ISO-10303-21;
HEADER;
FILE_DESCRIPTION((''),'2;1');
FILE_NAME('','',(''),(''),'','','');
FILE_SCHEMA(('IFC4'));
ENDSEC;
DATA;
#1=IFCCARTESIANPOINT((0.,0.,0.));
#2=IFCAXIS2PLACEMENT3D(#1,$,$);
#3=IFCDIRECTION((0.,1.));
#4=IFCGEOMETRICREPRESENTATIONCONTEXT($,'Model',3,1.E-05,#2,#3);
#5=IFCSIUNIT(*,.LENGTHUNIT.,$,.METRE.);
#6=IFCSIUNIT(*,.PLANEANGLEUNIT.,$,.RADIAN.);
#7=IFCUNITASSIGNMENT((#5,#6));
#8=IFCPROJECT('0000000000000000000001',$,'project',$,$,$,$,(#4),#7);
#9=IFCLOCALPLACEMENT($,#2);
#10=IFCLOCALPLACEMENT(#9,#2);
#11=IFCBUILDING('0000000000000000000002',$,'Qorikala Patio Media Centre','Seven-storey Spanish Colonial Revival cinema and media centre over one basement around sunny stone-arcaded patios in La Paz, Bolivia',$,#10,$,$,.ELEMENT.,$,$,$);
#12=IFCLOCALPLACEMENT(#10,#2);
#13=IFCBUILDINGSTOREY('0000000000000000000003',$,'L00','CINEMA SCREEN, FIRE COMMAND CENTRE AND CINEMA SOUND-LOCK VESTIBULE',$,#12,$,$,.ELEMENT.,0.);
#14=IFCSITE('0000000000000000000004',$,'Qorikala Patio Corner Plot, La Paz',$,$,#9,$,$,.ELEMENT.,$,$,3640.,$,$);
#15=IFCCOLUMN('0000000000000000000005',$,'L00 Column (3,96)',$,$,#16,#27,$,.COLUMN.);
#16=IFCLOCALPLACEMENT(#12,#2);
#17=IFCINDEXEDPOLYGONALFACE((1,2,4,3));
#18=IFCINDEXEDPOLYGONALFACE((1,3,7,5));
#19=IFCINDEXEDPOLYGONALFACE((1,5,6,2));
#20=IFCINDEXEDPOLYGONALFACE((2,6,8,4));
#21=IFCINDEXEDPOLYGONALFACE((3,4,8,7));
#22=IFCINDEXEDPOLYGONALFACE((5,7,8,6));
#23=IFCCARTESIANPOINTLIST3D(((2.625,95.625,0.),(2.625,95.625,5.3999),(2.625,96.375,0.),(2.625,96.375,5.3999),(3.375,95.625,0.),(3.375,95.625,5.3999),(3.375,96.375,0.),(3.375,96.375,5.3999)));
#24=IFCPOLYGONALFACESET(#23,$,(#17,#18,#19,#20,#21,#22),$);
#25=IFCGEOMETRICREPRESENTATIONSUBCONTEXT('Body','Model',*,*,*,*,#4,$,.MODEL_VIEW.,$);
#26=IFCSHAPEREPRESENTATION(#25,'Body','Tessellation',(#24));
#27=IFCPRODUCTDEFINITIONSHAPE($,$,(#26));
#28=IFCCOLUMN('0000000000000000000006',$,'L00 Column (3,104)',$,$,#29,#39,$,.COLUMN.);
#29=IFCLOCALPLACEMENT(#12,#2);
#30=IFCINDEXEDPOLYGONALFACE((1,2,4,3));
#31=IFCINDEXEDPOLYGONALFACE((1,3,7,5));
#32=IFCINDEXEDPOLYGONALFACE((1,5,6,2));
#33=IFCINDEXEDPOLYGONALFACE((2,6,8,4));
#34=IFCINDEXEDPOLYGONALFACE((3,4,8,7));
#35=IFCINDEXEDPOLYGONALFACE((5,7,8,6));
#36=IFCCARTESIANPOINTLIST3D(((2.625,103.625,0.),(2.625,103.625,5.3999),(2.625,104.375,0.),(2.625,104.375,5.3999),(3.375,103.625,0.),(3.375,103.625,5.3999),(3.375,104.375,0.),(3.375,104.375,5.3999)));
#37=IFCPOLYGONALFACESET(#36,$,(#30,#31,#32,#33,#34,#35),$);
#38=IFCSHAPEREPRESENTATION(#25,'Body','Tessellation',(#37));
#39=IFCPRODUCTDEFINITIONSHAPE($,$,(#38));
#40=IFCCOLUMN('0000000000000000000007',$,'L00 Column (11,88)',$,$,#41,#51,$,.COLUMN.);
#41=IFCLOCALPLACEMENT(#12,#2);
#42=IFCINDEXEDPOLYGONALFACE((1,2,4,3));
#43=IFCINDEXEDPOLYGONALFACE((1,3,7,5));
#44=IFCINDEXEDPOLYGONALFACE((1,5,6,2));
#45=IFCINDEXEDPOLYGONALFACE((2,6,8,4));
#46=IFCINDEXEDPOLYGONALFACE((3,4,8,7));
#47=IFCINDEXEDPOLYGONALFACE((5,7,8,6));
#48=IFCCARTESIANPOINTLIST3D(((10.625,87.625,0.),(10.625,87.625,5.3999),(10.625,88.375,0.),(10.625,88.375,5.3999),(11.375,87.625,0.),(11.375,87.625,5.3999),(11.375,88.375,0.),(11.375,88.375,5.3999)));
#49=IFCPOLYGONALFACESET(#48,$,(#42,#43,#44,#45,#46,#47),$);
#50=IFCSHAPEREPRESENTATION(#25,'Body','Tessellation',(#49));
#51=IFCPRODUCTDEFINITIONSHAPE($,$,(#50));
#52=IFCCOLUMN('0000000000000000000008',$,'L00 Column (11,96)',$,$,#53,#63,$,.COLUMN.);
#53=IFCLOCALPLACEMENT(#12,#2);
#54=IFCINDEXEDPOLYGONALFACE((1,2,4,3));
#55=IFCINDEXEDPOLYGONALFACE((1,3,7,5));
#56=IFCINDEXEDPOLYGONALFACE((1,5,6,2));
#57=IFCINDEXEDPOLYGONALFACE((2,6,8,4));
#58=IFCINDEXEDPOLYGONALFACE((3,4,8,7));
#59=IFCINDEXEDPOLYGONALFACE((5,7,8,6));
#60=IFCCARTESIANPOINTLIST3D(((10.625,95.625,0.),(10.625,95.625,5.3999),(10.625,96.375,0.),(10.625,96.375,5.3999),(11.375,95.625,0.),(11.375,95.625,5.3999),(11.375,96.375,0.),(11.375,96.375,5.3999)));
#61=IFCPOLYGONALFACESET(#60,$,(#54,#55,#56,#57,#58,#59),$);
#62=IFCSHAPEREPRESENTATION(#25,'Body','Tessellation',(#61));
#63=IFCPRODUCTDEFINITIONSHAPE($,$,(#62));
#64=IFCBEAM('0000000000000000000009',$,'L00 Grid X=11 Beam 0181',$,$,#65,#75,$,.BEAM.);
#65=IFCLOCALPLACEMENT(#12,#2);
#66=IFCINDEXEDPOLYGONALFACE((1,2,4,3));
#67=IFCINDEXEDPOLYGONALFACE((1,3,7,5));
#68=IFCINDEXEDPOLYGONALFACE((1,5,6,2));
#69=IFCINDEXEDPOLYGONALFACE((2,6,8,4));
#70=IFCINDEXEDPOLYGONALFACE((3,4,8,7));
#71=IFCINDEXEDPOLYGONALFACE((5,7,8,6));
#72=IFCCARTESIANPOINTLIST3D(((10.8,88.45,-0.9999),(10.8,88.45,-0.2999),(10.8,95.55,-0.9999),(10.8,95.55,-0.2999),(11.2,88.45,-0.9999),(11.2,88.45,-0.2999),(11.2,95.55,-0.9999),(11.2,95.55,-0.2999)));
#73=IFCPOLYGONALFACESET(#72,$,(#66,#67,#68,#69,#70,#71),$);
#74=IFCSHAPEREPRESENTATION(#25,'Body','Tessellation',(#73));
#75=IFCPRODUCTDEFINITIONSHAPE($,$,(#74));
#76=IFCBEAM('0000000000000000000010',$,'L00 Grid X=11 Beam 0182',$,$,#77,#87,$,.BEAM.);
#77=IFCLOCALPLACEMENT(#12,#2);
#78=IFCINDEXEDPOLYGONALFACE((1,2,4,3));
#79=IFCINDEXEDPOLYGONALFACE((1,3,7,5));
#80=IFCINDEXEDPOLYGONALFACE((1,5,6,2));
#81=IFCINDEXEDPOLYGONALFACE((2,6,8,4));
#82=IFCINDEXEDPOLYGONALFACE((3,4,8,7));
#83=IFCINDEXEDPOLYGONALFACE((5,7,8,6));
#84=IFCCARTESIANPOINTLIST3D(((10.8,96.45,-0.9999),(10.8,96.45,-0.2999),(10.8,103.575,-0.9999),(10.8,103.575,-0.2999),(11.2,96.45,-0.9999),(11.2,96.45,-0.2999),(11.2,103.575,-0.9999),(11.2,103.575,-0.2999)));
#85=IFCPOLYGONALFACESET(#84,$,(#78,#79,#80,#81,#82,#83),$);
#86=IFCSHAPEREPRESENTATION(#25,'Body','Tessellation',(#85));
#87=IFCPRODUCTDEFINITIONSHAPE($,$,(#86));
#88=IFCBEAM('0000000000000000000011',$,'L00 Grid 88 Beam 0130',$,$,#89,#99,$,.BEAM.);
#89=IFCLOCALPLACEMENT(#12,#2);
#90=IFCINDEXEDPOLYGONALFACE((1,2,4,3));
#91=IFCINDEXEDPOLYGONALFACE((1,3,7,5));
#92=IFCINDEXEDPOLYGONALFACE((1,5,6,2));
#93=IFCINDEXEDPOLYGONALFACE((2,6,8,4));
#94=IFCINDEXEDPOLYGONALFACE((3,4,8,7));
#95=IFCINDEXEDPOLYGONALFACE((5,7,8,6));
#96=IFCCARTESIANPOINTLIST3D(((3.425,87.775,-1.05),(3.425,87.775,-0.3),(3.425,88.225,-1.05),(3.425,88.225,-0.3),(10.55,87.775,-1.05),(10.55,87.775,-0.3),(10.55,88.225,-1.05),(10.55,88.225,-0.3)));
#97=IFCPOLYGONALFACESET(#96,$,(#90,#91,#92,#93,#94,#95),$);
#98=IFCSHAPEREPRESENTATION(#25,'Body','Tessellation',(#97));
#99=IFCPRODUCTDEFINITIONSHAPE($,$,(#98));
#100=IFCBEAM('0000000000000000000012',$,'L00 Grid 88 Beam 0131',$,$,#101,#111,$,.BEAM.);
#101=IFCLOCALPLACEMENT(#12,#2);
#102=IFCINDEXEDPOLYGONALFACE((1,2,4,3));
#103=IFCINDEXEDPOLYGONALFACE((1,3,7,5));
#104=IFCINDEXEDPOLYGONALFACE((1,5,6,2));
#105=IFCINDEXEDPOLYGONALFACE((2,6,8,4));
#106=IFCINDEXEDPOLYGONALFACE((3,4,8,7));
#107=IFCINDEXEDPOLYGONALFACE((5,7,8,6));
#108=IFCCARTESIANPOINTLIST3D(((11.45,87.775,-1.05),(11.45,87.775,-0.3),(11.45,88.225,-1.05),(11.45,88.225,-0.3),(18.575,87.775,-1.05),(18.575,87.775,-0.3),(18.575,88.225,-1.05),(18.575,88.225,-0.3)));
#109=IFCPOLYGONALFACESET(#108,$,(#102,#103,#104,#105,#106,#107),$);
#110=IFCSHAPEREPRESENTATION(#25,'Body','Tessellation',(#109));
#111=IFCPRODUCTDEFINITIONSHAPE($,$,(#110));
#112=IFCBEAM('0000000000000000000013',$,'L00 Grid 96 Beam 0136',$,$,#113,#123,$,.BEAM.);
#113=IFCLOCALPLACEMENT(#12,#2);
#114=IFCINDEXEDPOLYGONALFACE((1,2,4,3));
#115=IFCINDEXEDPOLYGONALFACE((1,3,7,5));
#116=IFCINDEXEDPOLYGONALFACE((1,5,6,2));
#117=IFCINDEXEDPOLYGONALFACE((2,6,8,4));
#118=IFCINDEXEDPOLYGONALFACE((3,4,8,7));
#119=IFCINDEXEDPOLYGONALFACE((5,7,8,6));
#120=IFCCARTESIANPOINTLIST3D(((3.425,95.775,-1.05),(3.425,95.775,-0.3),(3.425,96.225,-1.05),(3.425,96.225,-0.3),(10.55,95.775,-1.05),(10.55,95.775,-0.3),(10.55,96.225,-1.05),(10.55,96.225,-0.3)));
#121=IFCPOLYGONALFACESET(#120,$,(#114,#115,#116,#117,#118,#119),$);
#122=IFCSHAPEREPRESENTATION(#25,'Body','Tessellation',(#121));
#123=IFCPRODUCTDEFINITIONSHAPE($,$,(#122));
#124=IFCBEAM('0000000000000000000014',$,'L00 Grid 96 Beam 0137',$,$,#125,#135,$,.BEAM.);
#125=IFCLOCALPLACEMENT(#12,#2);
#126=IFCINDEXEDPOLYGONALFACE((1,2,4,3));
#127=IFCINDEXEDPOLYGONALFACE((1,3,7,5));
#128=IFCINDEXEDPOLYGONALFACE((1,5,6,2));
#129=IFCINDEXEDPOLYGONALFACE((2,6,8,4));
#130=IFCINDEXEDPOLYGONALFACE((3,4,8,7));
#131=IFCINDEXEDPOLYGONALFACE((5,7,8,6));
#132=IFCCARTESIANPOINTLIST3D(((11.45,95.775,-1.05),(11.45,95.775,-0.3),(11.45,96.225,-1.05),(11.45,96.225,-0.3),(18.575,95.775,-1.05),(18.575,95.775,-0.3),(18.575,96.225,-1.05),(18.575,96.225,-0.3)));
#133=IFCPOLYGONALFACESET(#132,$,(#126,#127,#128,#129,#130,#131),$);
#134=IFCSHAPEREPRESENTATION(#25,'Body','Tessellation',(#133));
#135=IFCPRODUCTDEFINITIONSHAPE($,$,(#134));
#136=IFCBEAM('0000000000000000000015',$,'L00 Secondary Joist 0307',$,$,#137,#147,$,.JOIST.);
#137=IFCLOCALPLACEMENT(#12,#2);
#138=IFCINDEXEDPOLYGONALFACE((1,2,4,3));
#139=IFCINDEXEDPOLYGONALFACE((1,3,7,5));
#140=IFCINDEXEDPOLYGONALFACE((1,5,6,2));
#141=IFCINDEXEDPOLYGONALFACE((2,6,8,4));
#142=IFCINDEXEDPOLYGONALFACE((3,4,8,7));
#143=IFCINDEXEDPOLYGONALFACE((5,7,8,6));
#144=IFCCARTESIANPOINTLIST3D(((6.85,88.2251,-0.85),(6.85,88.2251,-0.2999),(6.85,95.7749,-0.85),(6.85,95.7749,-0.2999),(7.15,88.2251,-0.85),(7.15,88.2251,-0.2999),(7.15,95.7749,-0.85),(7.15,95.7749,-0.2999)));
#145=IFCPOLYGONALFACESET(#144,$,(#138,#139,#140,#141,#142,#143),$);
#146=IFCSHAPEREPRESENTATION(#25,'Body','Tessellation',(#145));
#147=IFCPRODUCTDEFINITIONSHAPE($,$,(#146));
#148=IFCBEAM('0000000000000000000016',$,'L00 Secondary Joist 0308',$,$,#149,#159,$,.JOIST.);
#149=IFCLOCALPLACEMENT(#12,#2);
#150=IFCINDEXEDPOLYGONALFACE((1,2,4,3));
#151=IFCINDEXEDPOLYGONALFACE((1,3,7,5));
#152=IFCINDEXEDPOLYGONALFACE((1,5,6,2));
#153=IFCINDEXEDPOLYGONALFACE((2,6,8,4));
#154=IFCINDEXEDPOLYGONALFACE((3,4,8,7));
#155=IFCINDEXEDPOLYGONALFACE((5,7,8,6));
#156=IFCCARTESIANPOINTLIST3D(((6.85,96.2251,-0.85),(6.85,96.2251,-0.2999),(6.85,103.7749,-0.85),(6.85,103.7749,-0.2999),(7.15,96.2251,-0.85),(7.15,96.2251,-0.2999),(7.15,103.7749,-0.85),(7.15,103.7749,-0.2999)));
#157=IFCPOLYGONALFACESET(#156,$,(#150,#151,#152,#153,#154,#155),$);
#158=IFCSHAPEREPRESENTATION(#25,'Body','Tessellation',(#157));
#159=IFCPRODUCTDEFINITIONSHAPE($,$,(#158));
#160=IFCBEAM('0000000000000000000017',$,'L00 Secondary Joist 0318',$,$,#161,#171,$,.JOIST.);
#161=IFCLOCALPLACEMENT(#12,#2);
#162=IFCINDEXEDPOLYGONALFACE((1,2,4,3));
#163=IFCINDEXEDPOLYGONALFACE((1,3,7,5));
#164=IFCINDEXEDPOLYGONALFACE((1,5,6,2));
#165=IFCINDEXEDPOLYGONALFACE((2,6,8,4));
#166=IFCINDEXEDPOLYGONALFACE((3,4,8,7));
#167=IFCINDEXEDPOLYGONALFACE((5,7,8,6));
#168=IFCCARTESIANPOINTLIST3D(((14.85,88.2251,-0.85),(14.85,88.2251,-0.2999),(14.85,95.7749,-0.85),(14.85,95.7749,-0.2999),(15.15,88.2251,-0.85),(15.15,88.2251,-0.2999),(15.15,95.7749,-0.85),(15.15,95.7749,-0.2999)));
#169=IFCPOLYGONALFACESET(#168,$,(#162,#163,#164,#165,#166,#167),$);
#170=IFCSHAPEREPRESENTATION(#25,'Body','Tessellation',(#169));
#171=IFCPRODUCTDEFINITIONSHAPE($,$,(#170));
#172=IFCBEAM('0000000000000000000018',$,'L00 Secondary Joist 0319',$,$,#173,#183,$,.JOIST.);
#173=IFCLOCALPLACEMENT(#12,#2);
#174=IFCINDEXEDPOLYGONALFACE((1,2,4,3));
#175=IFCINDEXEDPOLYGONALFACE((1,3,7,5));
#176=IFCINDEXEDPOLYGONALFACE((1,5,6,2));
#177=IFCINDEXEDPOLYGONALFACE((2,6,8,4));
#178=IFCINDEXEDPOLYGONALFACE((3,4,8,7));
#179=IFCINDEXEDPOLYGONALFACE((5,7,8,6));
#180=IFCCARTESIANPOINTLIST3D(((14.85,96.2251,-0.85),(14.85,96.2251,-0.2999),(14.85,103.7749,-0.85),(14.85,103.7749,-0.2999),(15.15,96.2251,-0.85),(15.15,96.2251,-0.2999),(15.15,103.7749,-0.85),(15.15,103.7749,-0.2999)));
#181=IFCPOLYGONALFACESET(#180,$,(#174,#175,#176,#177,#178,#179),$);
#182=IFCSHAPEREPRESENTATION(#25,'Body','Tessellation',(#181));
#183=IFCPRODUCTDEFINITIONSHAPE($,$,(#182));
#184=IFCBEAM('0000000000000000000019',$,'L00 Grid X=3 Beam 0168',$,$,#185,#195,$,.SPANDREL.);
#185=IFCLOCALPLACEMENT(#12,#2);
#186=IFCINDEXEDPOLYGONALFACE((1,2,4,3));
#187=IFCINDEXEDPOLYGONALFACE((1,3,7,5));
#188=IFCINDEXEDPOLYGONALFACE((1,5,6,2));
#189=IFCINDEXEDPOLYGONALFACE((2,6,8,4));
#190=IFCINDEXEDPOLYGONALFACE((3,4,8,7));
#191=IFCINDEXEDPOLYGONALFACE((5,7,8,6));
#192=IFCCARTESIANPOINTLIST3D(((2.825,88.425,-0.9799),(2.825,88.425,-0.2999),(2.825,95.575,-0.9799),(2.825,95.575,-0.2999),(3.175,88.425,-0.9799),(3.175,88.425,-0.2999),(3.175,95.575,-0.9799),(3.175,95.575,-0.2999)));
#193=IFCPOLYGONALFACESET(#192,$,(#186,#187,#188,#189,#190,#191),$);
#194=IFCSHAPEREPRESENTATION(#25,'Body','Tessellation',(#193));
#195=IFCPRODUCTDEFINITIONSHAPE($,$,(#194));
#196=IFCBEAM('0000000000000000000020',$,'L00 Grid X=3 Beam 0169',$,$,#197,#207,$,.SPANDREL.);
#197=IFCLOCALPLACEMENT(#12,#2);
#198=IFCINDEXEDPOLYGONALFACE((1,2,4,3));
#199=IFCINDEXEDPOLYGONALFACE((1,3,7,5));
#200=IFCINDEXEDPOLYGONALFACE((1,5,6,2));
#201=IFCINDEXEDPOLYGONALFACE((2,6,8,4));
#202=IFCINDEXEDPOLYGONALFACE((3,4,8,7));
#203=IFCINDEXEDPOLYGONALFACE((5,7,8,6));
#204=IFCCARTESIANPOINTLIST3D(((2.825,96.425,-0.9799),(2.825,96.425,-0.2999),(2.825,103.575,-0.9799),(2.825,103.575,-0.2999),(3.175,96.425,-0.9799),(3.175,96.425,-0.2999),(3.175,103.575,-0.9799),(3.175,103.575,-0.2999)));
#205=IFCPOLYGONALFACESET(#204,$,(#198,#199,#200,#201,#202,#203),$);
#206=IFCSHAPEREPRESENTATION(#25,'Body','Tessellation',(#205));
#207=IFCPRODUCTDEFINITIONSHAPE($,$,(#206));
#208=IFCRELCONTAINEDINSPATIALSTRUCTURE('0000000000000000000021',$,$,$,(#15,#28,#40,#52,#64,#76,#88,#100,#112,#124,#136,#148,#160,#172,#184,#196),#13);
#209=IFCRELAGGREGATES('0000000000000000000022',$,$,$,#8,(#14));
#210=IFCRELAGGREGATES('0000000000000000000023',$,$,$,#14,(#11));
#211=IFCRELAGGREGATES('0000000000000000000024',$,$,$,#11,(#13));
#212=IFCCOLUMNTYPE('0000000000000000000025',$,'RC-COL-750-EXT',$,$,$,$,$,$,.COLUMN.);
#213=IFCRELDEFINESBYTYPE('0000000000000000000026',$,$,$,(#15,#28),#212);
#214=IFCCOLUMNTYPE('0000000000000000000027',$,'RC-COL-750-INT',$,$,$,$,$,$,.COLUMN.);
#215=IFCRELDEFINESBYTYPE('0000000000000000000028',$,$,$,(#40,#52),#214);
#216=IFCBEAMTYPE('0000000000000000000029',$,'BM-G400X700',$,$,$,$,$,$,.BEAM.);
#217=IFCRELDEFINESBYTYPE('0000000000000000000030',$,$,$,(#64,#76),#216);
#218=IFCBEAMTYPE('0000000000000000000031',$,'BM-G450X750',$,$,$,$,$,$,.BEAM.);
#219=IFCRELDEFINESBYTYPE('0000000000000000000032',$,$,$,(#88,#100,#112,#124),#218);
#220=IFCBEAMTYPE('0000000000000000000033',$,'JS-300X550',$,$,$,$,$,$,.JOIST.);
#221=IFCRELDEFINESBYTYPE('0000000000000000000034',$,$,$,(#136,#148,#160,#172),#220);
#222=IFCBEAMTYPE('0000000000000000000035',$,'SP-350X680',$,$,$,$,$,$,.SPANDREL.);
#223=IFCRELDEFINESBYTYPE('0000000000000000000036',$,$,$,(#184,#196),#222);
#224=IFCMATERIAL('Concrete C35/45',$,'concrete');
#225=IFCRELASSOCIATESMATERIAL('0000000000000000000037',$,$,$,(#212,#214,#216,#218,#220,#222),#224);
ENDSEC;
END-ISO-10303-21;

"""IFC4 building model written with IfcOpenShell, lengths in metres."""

from ifc_helpers import new_model, si_unit, direction, frame, origin, origin_2d, place, context, subcontext, project, spatial, rectangle, extrude, material, material_profile, profile_set, type_object, element, save


model = new_model("IFC4")

# Units and contexts
model_context = context("Model", 3, precision=1e-05, world=origin(), true_north=direction((0.0, 1.0)))
body_context = subcontext(model_context, "Body", "Model", "MODEL_VIEW")
ifc_project = project(units=[si_unit("LENGTHUNIT", "METRE"), si_unit("PLANEANGLEUNIT", "RADIAN")], contexts=[model_context])

# Site, building, storey
site_placement = place(None, origin())
site = spatial("IfcSite", under=ifc_project, at=site_placement, Name="Qorikala Patio Corner Plot, La Paz", CompositionType="ELEMENT", RefElevation=3640.0)
building_placement = place(site_placement, origin())
building = spatial("IfcBuilding", under=site, at=building_placement, Name="Qorikala Patio Media Centre", Description="Seven-storey Spanish Colonial Revival cinema and media centre over one basement around sunny stone-arcaded patios in La Paz, Bolivia", CompositionType="ELEMENT")
storey_placement = place(building_placement, origin())
storey = spatial("IfcBuildingStorey", under=building, at=storey_placement, Name="L00", Description="CINEMA SCREEN, FIRE COMMAND CENTRE AND CINEMA SOUND-LOCK VESTIBULE", CompositionType="ELEMENT", Elevation=0.0)

# Columns
ifc_material_1 = material(Name="Concrete C35/45", Category="concrete")
ifc_material_profile_1 = material_profile(ifc_material_1, rectangle(XDim=0.75, YDim=0.75, at=origin_2d()), Name="RC 750x750")
ifc_profile_set_1 = profile_set([ifc_material_profile_1], Name="Concrete C35/45")
column_type_1 = type_object("IfcColumnType", Name="RC-COL-750-EXT", PredefinedType="COLUMN", material=ifc_profile_set_1)
for number, where, z_axis, x_axis, name in (
    (1, (3.0, 96.0, 0.0), (0.0, 0.0, 1.0), (1.0, 0.0, 0.0), "L00 Column (3,96)"),
    (2, (3.0, 104.0, 0.0), (0.0, 0.0, 1.0), (1.0, 0.0, 0.0), "L00 Column (3,104)"),
):
    element("IfcColumn", number, at=place(storey_placement, frame(where, z_axis=z_axis, x_axis=x_axis)), inside=storey, type_object=column_type_1, Name=name, PredefinedType="COLUMN", context=body_context, shape_type="SweptSolid", body=[
        extrude(rectangle(XDim=0.75, YDim=0.75, at=origin_2d()), origin(), (0.0, 0.0, 1.0), 5.3999),
    ])
ifc_material_profile_2 = material_profile(ifc_material_1, rectangle(XDim=0.75, YDim=0.75, at=origin_2d()), Name="RC 750x750")
ifc_profile_set_2 = profile_set([ifc_material_profile_2], Name="Concrete C35/45")
column_type_2 = type_object("IfcColumnType", Name="RC-COL-750-INT", PredefinedType="COLUMN", material=ifc_profile_set_2)
for number, where, z_axis, x_axis, name in (
    (3, (11.0, 88.0, 0.0), (0.0, 0.0, 1.0), (1.0, 0.0, 0.0), "L00 Column (11,88)"),
    (4, (11.0, 96.0, 0.0), (0.0, 0.0, 1.0), (1.0, 0.0, 0.0), "L00 Column (11,96)"),
):
    element("IfcColumn", number, at=place(storey_placement, frame(where, z_axis=z_axis, x_axis=x_axis)), inside=storey, type_object=column_type_2, Name=name, PredefinedType="COLUMN", context=body_context, shape_type="SweptSolid", body=[
        extrude(rectangle(XDim=0.75, YDim=0.75, at=origin_2d()), origin(), (0.0, 0.0, 1.0), 5.3999),
    ])

# Beams
ifc_material_profile_3 = material_profile(ifc_material_1, rectangle(XDim=0.3999, YDim=0.7, at=origin_2d()), Name="RC 400x700")
ifc_profile_set_3 = profile_set([ifc_material_profile_3], Name="Concrete C35/45")
beam_type_1 = type_object("IfcBeamType", Name="BM-G400X700", PredefinedType="BEAM", material=ifc_profile_set_3)
beam_1_placement = place(storey_placement, frame((11.0, 88.45, -0.6499), z_axis=(0.0, 1.0, 0.0), x_axis=(-1.0, 0.0, 0.0)))
element("IfcBeam", 5, at=beam_1_placement, inside=storey, type_object=beam_type_1, Name="L00 Grid X=11 Beam 0181", PredefinedType="BEAM", context=body_context, shape_type="SweptSolid", body=[
    extrude(rectangle(XDim=0.3999, YDim=0.7, at=origin_2d()), origin(), (0.0, 0.0, 1.0), 7.1001),
])
beam_2_placement = place(storey_placement, frame((11.0, 96.45, -0.6499), z_axis=(0.0, 1.0, 0.0), x_axis=(-1.0, 0.0, 0.0)))
element("IfcBeam", 6, at=beam_2_placement, inside=storey, type_object=beam_type_1, Name="L00 Grid X=11 Beam 0182", PredefinedType="BEAM", context=body_context, shape_type="SweptSolid", body=[
    extrude(rectangle(XDim=0.3999, YDim=0.7, at=origin_2d()), origin(), (0.0, 0.0, 1.0), 7.125),
])
ifc_material_profile_4 = material_profile(ifc_material_1, rectangle(XDim=0.45, YDim=0.75, at=origin_2d()), Name="RC 450x750")
ifc_profile_set_4 = profile_set([ifc_material_profile_4], Name="Concrete C35/45")
beam_type_2 = type_object("IfcBeamType", Name="BM-G450X750", PredefinedType="BEAM", material=ifc_profile_set_4)
for number, where, z_axis, x_axis, name in (
    (7, (3.425, 88.0, -0.675), (1.0, 0.0, 0.0), (0.0, 1.0, 0.0), "L00 Grid 88 Beam 0130"),
    (8, (11.45, 88.0, -0.675), (1.0, 0.0, 0.0), (0.0, 1.0, 0.0), "L00 Grid 88 Beam 0131"),
    (9, (3.425, 96.0, -0.675), (1.0, 0.0, 0.0), (0.0, 1.0, 0.0), "L00 Grid 96 Beam 0136"),
    (10, (11.45, 96.0, -0.675), (1.0, 0.0, 0.0), (0.0, 1.0, 0.0), "L00 Grid 96 Beam 0137"),
):
    element("IfcBeam", number, at=place(storey_placement, frame(where, z_axis=z_axis, x_axis=x_axis)), inside=storey, type_object=beam_type_2, Name=name, PredefinedType="BEAM", context=body_context, shape_type="SweptSolid", body=[
        extrude(rectangle(XDim=0.45, YDim=0.75, at=origin_2d()), origin(), (0.0, 0.0, 1.0), 7.125),
    ])
ifc_material_profile_5 = material_profile(ifc_material_1, rectangle(XDim=0.3, YDim=0.55, at=origin_2d()), Name="RC 300x550")
ifc_profile_set_5 = profile_set([ifc_material_profile_5], Name="Concrete C35/45")
beam_type_3 = type_object("IfcBeamType", Name="JS-300X550", PredefinedType="JOIST", material=ifc_profile_set_5)
for number, where, z_axis, x_axis, name in (
    (11, (7.0, 88.2251, -0.575), (0.0, 1.0, 0.0), (-1.0, 0.0, 0.0), "L00 Secondary Joist 0307"),
    (12, (7.0, 96.2251, -0.575), (0.0, 1.0, 0.0), (-1.0, 0.0, 0.0), "L00 Secondary Joist 0308"),
    (13, (15.0, 88.2251, -0.575), (0.0, 1.0, 0.0), (-1.0, 0.0, 0.0), "L00 Secondary Joist 0318"),
    (14, (15.0, 96.2251, -0.575), (0.0, 1.0, 0.0), (-1.0, 0.0, 0.0), "L00 Secondary Joist 0319"),
):
    element("IfcBeam", number, at=place(storey_placement, frame(where, z_axis=z_axis, x_axis=x_axis)), inside=storey, type_object=beam_type_3, Name=name, PredefinedType="JOIST", context=body_context, shape_type="SweptSolid", body=[
        extrude(rectangle(XDim=0.3, YDim=0.55, at=origin_2d()), origin(), (0.0, 0.0, 1.0), 7.5498),
    ])
ifc_material_profile_6 = material_profile(ifc_material_1, rectangle(XDim=0.3501, YDim=0.6799, at=origin_2d()), Name="RC 350x680")
ifc_profile_set_6 = profile_set([ifc_material_profile_6], Name="Concrete C35/45")
beam_type_4 = type_object("IfcBeamType", Name="SP-350X680", PredefinedType="SPANDREL", material=ifc_profile_set_6)
for number, where, z_axis, x_axis, name in (
    (15, (3.0, 88.425, -0.6399), (0.0, 1.0, 0.0), (-1.0, 0.0, 0.0), "L00 Grid X=3 Beam 0168"),
    (16, (3.0, 96.425, -0.6399), (0.0, 1.0, 0.0), (-1.0, 0.0, 0.0), "L00 Grid X=3 Beam 0169"),
):
    element("IfcBeam", number, at=place(storey_placement, frame(where, z_axis=z_axis, x_axis=x_axis)), inside=storey, type_object=beam_type_4, Name=name, PredefinedType="SPANDREL", context=body_context, shape_type="SweptSolid", body=[
        extrude(rectangle(XDim=0.3501, YDim=0.6799, at=origin_2d()), origin(), (0.0, 0.0, 1.0), 7.1499),
    ])

save(model, "model.ifc")
